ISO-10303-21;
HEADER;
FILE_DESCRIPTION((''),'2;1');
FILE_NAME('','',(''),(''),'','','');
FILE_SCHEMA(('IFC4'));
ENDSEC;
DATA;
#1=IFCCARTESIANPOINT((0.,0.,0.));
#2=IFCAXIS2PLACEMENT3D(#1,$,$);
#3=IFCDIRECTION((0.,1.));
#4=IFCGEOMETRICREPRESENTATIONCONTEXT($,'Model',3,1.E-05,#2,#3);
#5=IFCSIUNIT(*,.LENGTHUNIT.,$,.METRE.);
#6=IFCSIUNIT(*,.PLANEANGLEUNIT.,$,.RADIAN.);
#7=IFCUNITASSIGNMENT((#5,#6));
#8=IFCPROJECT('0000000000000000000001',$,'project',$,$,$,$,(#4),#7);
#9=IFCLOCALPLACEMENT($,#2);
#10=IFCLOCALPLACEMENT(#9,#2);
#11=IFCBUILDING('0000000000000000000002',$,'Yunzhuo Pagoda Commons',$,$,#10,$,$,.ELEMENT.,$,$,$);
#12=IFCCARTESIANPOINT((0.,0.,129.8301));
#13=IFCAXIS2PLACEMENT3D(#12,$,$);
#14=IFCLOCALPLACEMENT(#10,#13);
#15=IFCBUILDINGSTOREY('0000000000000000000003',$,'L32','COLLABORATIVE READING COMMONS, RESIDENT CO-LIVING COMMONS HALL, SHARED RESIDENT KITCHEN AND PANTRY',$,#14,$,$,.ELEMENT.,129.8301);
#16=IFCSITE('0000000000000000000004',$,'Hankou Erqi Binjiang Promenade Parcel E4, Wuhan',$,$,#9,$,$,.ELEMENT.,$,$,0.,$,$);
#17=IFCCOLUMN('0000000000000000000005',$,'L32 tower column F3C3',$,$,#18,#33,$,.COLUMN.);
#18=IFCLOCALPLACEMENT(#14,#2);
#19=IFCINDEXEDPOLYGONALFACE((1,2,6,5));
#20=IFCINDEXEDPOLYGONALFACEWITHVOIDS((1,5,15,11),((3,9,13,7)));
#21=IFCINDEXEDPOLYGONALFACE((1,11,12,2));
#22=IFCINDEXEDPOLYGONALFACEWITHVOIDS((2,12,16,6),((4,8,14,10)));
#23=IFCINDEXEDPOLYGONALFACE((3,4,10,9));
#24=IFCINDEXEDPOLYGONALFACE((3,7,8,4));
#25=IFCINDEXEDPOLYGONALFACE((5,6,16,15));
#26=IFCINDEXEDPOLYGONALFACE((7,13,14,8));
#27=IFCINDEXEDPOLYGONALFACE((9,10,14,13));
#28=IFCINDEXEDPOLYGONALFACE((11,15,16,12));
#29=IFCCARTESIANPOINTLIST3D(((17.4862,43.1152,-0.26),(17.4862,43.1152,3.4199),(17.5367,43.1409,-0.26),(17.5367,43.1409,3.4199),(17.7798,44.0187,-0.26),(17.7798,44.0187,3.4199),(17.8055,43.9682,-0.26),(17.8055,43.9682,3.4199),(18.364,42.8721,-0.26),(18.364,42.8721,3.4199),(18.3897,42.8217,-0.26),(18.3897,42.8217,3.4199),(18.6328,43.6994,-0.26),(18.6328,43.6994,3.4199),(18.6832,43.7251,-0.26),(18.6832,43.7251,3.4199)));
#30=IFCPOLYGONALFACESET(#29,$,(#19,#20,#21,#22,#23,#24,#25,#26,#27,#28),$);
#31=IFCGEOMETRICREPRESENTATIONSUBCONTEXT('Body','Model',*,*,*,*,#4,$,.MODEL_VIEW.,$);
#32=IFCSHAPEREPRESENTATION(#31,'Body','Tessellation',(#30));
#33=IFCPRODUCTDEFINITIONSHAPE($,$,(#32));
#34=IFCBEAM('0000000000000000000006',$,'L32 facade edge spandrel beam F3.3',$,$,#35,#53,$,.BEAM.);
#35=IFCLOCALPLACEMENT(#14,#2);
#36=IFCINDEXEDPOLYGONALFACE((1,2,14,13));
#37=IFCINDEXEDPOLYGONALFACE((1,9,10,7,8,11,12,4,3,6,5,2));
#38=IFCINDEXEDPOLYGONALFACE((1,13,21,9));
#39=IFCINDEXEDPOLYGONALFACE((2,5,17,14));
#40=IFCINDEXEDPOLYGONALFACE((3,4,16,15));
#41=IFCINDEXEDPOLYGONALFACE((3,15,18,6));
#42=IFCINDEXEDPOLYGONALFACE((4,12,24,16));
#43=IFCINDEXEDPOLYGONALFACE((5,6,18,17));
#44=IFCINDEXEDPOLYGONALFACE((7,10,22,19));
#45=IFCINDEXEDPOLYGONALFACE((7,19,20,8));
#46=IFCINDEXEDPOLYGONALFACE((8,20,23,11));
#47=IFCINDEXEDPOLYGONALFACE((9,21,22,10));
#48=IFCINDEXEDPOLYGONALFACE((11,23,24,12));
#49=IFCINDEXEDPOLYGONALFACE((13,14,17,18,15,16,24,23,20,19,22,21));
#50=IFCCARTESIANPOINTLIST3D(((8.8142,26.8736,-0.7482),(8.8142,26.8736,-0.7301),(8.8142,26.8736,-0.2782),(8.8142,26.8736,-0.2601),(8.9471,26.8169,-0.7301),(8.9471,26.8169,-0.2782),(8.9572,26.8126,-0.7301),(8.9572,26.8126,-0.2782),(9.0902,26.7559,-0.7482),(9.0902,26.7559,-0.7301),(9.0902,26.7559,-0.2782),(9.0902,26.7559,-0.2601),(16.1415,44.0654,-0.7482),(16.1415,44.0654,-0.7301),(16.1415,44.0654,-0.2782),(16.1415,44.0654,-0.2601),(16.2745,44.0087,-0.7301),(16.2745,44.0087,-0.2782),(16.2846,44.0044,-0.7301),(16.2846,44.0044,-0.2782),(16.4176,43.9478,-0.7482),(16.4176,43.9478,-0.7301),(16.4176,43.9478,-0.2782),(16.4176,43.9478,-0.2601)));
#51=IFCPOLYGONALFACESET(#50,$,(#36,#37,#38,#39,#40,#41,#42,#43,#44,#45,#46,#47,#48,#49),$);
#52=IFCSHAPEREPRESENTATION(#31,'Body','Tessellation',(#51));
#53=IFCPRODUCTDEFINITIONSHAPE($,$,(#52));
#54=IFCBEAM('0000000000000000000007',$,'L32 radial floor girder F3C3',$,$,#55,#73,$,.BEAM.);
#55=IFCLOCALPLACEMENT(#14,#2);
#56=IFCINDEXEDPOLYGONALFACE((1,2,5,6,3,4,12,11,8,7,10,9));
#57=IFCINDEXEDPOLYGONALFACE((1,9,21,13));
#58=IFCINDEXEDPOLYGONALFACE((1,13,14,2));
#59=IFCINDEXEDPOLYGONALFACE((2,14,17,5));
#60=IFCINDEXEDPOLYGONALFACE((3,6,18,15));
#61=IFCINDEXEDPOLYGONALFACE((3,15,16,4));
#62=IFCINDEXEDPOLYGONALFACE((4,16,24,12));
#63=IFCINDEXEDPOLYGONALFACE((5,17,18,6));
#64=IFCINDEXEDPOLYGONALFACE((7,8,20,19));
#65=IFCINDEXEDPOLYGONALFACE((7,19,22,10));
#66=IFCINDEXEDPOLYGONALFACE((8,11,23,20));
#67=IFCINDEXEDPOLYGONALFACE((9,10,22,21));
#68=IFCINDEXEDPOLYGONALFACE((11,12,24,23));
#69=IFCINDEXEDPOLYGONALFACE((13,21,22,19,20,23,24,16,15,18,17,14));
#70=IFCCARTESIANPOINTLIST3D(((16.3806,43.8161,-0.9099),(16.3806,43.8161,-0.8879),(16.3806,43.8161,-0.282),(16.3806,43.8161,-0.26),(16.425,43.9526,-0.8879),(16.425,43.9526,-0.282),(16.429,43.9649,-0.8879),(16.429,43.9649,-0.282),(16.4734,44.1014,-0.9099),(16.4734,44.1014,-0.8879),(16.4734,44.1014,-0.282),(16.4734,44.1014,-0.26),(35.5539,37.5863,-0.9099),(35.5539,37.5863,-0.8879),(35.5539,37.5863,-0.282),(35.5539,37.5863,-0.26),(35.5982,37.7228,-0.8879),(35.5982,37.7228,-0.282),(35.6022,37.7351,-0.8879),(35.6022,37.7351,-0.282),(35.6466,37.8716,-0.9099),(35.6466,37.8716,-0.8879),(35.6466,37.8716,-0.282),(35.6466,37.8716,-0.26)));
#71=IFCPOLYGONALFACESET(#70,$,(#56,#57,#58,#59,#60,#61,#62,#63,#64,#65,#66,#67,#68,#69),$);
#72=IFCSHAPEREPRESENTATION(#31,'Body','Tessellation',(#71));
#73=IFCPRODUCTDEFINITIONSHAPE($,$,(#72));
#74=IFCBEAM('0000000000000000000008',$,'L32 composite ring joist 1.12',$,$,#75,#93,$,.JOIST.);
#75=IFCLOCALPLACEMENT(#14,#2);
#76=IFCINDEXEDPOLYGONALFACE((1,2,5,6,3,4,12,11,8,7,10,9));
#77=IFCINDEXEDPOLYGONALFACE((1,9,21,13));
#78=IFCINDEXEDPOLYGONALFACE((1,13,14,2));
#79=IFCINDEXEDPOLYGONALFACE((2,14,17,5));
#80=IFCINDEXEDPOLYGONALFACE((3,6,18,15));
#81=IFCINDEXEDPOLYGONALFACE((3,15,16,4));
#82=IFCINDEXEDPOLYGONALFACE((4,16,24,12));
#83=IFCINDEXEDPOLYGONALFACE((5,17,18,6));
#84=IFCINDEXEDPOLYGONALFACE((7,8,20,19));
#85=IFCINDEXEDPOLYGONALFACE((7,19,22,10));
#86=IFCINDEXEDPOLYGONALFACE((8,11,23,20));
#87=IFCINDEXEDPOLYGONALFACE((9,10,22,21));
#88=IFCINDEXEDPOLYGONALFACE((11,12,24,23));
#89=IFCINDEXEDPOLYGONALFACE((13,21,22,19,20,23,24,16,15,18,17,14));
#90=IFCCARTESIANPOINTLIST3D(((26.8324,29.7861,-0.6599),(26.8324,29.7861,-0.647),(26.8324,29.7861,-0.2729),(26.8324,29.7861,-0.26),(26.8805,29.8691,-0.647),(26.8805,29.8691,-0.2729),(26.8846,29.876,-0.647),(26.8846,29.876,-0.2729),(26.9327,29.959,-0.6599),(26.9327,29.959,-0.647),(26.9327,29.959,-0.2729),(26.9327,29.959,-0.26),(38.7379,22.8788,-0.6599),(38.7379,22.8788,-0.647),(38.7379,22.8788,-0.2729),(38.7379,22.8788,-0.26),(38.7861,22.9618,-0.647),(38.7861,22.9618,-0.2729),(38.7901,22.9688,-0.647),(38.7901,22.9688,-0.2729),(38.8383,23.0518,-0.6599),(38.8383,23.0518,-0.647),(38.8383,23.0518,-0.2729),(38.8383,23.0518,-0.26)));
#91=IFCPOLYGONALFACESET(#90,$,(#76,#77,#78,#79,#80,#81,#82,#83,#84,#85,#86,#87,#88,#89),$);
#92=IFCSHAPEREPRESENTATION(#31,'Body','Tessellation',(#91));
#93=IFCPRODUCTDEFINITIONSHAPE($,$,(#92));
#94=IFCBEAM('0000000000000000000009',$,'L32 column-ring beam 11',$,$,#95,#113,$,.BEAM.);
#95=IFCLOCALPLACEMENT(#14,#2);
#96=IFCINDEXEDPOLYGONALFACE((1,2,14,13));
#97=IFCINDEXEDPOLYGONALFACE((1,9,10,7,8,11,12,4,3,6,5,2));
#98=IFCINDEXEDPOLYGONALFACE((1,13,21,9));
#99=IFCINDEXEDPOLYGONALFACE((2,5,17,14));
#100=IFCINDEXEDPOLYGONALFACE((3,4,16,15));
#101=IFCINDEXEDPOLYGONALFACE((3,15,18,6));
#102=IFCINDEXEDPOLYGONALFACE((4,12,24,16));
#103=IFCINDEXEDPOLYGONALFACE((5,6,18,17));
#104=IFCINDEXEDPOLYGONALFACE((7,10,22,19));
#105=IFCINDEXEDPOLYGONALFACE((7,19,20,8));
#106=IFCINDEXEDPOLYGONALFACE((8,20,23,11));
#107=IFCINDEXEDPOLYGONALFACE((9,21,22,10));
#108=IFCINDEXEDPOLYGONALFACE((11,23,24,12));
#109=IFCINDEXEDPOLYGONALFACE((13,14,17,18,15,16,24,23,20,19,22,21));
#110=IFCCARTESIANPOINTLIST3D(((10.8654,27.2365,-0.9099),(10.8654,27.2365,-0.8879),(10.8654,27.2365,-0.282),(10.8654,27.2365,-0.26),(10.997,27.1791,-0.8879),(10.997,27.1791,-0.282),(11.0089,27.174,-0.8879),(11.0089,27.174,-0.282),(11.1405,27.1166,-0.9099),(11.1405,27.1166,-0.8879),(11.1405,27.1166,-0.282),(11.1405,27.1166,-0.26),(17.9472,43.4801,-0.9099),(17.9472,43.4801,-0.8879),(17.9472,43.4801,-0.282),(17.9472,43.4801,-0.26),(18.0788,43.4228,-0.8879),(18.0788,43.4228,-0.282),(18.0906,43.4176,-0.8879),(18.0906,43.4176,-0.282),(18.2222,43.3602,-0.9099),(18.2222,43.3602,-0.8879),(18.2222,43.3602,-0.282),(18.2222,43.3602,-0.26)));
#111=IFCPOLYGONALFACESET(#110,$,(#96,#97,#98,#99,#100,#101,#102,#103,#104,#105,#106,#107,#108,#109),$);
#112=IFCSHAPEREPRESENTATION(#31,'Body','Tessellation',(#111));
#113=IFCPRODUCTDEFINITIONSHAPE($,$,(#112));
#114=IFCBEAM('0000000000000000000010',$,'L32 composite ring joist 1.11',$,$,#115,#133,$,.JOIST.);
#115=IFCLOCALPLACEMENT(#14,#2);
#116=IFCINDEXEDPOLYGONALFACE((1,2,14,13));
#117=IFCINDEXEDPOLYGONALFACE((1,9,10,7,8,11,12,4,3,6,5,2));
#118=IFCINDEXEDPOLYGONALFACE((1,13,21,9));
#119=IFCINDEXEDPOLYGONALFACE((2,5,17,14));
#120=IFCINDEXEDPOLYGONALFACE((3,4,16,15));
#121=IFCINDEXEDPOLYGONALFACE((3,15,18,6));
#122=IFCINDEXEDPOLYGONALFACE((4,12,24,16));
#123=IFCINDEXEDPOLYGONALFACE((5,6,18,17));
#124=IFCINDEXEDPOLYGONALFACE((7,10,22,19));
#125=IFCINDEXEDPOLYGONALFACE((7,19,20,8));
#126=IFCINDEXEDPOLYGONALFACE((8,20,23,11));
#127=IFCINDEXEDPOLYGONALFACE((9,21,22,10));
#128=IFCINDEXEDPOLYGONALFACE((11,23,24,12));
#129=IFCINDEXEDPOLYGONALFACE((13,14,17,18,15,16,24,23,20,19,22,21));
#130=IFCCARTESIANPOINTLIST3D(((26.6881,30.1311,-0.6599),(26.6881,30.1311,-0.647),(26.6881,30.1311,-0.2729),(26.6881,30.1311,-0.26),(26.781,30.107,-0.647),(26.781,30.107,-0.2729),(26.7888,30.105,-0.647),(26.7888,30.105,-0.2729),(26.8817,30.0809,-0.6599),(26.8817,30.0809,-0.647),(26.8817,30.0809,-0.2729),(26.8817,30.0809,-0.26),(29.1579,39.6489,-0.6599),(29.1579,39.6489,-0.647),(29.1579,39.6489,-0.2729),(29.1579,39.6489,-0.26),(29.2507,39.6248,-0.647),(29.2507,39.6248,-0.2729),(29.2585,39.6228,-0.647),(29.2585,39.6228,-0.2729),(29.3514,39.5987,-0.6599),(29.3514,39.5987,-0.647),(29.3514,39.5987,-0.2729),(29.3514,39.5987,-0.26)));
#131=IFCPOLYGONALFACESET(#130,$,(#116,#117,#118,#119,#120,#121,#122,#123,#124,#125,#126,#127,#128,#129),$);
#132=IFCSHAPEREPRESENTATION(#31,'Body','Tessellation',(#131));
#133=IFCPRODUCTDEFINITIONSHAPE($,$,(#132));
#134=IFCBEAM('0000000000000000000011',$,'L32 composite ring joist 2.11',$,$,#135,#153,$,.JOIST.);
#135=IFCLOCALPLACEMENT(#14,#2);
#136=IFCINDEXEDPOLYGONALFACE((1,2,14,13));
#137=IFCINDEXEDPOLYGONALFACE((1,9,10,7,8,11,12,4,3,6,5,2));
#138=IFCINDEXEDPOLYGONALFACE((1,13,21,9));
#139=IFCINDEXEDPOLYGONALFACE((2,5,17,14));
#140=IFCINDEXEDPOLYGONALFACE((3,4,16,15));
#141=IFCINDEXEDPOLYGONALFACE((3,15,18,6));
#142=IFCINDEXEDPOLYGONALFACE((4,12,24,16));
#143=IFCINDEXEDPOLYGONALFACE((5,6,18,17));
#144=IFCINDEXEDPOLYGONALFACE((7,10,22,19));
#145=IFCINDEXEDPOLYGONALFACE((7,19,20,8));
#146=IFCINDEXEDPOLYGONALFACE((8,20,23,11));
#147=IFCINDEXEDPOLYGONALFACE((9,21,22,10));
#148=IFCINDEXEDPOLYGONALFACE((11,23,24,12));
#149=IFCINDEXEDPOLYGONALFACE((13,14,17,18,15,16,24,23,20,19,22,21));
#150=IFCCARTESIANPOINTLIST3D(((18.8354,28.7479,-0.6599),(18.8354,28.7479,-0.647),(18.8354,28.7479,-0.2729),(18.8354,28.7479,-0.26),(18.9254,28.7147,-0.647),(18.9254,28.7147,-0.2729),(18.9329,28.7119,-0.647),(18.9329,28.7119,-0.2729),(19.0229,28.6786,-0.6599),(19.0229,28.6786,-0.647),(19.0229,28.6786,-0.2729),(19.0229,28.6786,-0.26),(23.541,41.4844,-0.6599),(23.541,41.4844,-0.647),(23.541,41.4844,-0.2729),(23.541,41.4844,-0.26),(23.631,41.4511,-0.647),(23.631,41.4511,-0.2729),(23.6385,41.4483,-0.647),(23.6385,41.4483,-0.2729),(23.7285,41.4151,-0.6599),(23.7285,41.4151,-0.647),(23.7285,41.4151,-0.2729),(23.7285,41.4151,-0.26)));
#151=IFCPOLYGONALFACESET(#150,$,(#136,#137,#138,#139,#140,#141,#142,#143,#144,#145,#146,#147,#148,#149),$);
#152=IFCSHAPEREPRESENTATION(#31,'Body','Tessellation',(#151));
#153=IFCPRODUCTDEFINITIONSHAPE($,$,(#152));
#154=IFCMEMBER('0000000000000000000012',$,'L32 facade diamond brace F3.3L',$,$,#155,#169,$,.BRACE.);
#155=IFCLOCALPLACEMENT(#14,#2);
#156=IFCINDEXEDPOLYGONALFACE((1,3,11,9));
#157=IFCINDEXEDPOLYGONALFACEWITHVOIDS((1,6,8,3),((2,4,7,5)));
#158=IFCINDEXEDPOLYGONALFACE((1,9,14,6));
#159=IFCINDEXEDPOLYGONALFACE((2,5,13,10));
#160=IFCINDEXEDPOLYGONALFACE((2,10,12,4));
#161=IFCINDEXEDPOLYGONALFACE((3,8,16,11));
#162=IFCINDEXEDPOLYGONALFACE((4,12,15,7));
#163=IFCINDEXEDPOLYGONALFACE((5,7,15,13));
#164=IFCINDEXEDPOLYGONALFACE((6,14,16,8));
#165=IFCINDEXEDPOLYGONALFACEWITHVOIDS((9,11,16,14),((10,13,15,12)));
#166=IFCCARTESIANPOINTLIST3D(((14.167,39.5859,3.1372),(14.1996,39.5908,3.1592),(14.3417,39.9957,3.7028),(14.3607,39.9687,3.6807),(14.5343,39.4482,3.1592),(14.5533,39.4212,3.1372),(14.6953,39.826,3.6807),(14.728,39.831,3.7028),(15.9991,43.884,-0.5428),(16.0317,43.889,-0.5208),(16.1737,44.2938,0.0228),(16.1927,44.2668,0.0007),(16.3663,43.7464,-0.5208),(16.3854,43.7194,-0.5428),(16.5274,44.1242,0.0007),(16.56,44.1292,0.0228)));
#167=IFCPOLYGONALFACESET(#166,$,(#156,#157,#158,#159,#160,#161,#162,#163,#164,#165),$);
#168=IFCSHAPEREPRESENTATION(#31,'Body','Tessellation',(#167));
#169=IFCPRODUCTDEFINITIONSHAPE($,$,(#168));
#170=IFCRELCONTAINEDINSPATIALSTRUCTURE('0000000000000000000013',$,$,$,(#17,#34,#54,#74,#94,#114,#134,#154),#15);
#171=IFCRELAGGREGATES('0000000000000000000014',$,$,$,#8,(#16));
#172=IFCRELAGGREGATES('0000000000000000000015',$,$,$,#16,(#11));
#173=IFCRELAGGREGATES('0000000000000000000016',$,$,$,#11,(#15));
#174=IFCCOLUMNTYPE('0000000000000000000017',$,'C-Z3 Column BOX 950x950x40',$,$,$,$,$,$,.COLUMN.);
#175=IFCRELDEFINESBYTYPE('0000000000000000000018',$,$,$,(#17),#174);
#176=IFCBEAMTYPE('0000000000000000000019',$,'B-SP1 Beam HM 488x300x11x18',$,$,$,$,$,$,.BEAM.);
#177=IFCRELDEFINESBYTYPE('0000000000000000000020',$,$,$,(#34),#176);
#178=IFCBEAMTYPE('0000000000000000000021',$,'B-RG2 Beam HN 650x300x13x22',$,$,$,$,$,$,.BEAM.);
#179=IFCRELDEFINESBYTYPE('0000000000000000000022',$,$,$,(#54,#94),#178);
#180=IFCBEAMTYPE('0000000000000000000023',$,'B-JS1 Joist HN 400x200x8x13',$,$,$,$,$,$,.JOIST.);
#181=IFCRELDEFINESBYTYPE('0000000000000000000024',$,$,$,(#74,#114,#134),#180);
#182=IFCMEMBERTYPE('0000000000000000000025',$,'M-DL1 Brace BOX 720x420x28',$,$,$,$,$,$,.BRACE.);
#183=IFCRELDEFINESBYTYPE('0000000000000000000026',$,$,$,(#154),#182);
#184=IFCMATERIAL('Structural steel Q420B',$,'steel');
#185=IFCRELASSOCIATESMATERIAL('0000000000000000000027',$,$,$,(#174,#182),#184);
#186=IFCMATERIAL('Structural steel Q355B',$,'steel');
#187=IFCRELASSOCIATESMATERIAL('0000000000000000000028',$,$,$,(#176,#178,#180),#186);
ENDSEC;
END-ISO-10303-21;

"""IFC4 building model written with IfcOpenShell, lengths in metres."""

from ifc_helpers import new_model, si_unit, direction, frame, origin, origin_2d, place, context, subcontext, project, spatial, hollow_rectangle, i_section, extrude, source, transform, mapped, material, material_profile, profile_set, type_object, element, save


model = new_model("IFC4")

# Units and contexts
model_context = context("Model", 3, precision=1e-05, world=origin(), true_north=direction((0.0, 1.0)))
body_context = subcontext(model_context, "Body", "Model", "MODEL_VIEW")
ifc_project = project(units=[si_unit("LENGTHUNIT", "METRE"), si_unit("PLANEANGLEUNIT", "RADIAN")], contexts=[model_context])

# Site, building, storey
site_placement = place(None, origin())
site = spatial("IfcSite", under=ifc_project, at=site_placement, Name="Hankou Erqi Binjiang Promenade Parcel E4, Wuhan", CompositionType="ELEMENT", RefElevation=0.0)
building_placement = place(site_placement, origin())
building = spatial("IfcBuilding", under=site, at=building_placement, Name="Yunzhuo Pagoda Commons", CompositionType="ELEMENT")
storey_placement = place(building_placement, frame((0.0, 0.0, 129.8301)))
storey = spatial("IfcBuildingStorey", under=building, at=storey_placement, Name="L32", Description="COLLABORATIVE READING COMMONS, RESIDENT CO-LIVING COMMONS HALL, SHARED RESIDENT KITCHEN AND PANTRY", CompositionType="ELEMENT", Elevation=129.8301)

# Column
ifc_material_1 = material(Name="Structural steel Q420B", Category="steel")
ifc_material_profile_1 = material_profile(ifc_material_1, hollow_rectangle(XDim=0.95, YDim=0.95, WallThickness=0.04, at=origin_2d()), Name="Structural steel Q420B")
ifc_profile_set_1 = profile_set([ifc_material_profile_1], Name="Structural steel Q420B")
column_type = type_object("IfcColumnType", Name="C-Z3 Column BOX 950x950x40", PredefinedType="COLUMN", material=ifc_profile_set_1)
shared_shape_1 = source(origin(), body_context, "Body", "SweptSolid", [
    extrude(hollow_rectangle(XDim=0.95, YDim=0.95, WallThickness=0.04, at=origin_2d()), origin(), (0.0, 0.0, 1.0), 3.6799),
])
column_placement = place(storey_placement, frame((18.0847, 43.4202, -0.26), z_axis=(0.0, 0.0, 1.0), x_axis=(-0.309017, -0.951057, 0.0)))
element("IfcColumn", 1, at=column_placement, inside=storey, type_object=column_type, Name="L32 tower column F3C3", PredefinedType="COLUMN", context=body_context, shape_type="MappedRepresentation", body=[
    mapped(shared_shape_1, transform((0.0, 0.0, 0.0), scale=1.0)),
])

# Beams
ifc_material_2 = material(Name="Structural steel Q355B", Category="steel")
ifc_material_profile_2 = material_profile(ifc_material_2, i_section(OverallWidth=0.3, OverallDepth=0.488, WebThickness=0.011, FlangeThickness=0.0181, at=origin_2d()), Name="Structural steel Q355B")
ifc_profile_set_2 = profile_set([ifc_material_profile_2], Name="Structural steel Q355B")
beam_type_1 = type_object("IfcBeamType", Name="B-SP1 Beam HM 488x300x11x18", PredefinedType="BEAM", material=ifc_profile_set_2)
shared_shape_2 = source(origin(), body_context, "Body", "SweptSolid", [
    extrude(i_section(OverallWidth=0.3, OverallDepth=0.488, WebThickness=0.011, FlangeThickness=0.0181, at=origin_2d()), origin(), (0.0, 0.0, 1.0), 18.6882),
])
beam_1_placement = place(storey_placement, frame((16.2795, 44.0066, -0.5042), z_axis=(-0.392085, -0.919929, 0.0), x_axis=(0.919929, -0.392085, 0.0)))
element("IfcBeam", 2, at=beam_1_placement, inside=storey, type_object=beam_type_1, Name="L32 facade edge spandrel beam F3.3", PredefinedType="BEAM", context=body_context, shape_type="MappedRepresentation", body=[
    mapped(shared_shape_2, transform((0.0, 0.0, 0.0), scale=1.0)),
])
ifc_material_profile_3 = material_profile(ifc_material_2, i_section(OverallWidth=0.3, OverallDepth=0.6499, WebThickness=0.0129, FlangeThickness=0.022, at=origin_2d()), Name="Structural steel Q355B")
ifc_profile_set_3 = profile_set([ifc_material_profile_3], Name="Structural steel Q355B")
beam_type_2 = type_object("IfcBeamType", Name="B-RG2 Beam HN 650x300x13x22", PredefinedType="BEAM", material=ifc_profile_set_3)
shared_shape_3 = source(origin(), body_context, "Body", "SweptSolid", [
    extrude(i_section(OverallWidth=0.3, OverallDepth=0.6499, WebThickness=0.0129, FlangeThickness=0.022, at=origin_2d()), origin(), (0.0, 0.0, 1.0), 20.1599),
])
beam_2_placement = place(storey_placement, frame((16.427, 43.9587, -0.585), z_axis=(0.951056, -0.309018, 0.0), x_axis=(0.309018, 0.951056, 0.0)))
element("IfcBeam", 3, at=beam_2_placement, inside=storey, type_object=beam_type_2, Name="L32 radial floor girder F3C3", PredefinedType="BEAM", context=body_context, shape_type="MappedRepresentation", body=[
    mapped(shared_shape_3, transform((0.0, 0.0, 0.0), scale=1.0)),
])
ifc_material_profile_4 = material_profile(ifc_material_2, i_section(OverallWidth=0.2, OverallDepth=0.3999, WebThickness=0.0081, FlangeThickness=0.0129, at=origin_2d()), Name="Structural steel Q355B")
ifc_profile_set_4 = profile_set([ifc_material_profile_4], Name="Structural steel Q355B")
beam_type_3 = type_object("IfcBeamType", Name="B-JS1 Joist HN 400x200x8x13", PredefinedType="JOIST", material=ifc_profile_set_4)
shared_shape_4 = source(origin(), body_context, "Body", "SweptSolid", [
    extrude(i_section(OverallWidth=0.2, OverallDepth=0.3999, WebThickness=0.0081, FlangeThickness=0.0129, at=origin_2d()), origin(), (0.0, 0.0, 1.0), 13.7642),
])
beam_3_placement = place(storey_placement, frame((26.8826, 29.8726, -0.46), z_axis=(0.864967, -0.501828, 0.0), x_axis=(0.501828, 0.864967, 0.0)))
element("IfcBeam", 4, at=beam_3_placement, inside=storey, type_object=beam_type_3, Name="L32 composite ring joist 1.12", PredefinedType="JOIST", context=body_context, shape_type="MappedRepresentation", body=[
    mapped(shared_shape_4, transform((0.0, 0.0, 0.0), scale=1.0)),
])
shared_shape_5 = source(origin(), body_context, "Body", "SweptSolid", [
    extrude(i_section(OverallWidth=0.3, OverallDepth=0.6499, WebThickness=0.0129, FlangeThickness=0.022, at=origin_2d()), origin(), (0.0, 0.0, 1.0), 17.7202),
])
beam_4_placement = place(storey_placement, frame((18.0847, 43.4202, -0.585), z_axis=(-0.399643, -0.916671, 0.0), x_axis=(0.916671, -0.399643, 0.0)))
element("IfcBeam", 5, at=beam_4_placement, inside=storey, type_object=beam_type_2, Name="L32 column-ring beam 11", PredefinedType="BEAM", context=body_context, shape_type="MappedRepresentation", body=[
    mapped(shared_shape_5, transform((0.0, 0.0, 0.0), scale=1.0)),
])
shared_shape_6 = source(origin(), body_context, "Body", "SweptSolid", [
    extrude(i_section(OverallWidth=0.2, OverallDepth=0.3999, WebThickness=0.0081, FlangeThickness=0.0129, at=origin_2d()), origin(), (0.0, 0.0, 1.0), 9.833),
])
beam_5_placement = place(storey_placement, frame((29.2546, 39.6238, -0.46), z_axis=(-0.251166, -0.967944, 0.0), x_axis=(0.967944, -0.251166, 0.0)))
element("IfcBeam", 6, at=beam_5_placement, inside=storey, type_object=beam_type_3, Name="L32 composite ring joist 1.11", PredefinedType="JOIST", context=body_context, shape_type="MappedRepresentation", body=[
    mapped(shared_shape_6, transform((0.0, 0.0, 0.0), scale=1.0)),
])
shared_shape_7 = source(origin(), body_context, "Body", "SweptSolid", [
    extrude(i_section(OverallWidth=0.2, OverallDepth=0.3999, WebThickness=0.0081, FlangeThickness=0.0129, at=origin_2d()), origin(), (0.0, 0.0, 1.0), 13.5779),
])
beam_6_placement = place(storey_placement, frame((23.6348, 41.4497, -0.46), z_axis=(-0.346563, -0.938027, 0.0), x_axis=(0.938027, -0.346563, 0.0)))
element("IfcBeam", 7, at=beam_6_placement, inside=storey, type_object=beam_type_3, Name="L32 composite ring joist 2.11", PredefinedType="JOIST", context=body_context, shape_type="MappedRepresentation", body=[
    mapped(shared_shape_7, transform((0.0, 0.0, 0.0), scale=1.0)),
])

# Member
ifc_material_profile_5 = material_profile(ifc_material_1, hollow_rectangle(XDim=0.4199, YDim=0.72, WallThickness=0.0281, at=origin_2d()), Name="Structural steel Q420B")
ifc_profile_set_5 = profile_set([ifc_material_profile_5], Name="Structural steel Q420B")
member_type_1 = type_object("IfcMemberType", Name="M-DL1 Brace BOX 720x420x28", PredefinedType="BRACE", material=ifc_profile_set_5)
shared_shape_8 = source(origin(), body_context, "Body", "SweptSolid", [
    extrude(hollow_rectangle(XDim=0.4199, YDim=0.72, WallThickness=0.0281, at=origin_2d()), origin(), (0.0, 0.0, 1.0), 5.9475),
])
member_1_placement = place(storey_placement, frame((16.2795, 44.0066, -0.26), z_axis=(-0.308038, -0.722682, 0.618744), x_axis=(0.919919, -0.392109, 0.0)))
element("IfcMember", 8, at=member_1_placement, inside=storey, type_object=member_type_1, Name="L32 facade diamond brace F3.3L", PredefinedType="BRACE", context=body_context, shape_type="MappedRepresentation", body=[
    mapped(shared_shape_8, transform((0.0, 0.0, 0.0), scale=1.0)),
])

save(model, "model.ifc")
